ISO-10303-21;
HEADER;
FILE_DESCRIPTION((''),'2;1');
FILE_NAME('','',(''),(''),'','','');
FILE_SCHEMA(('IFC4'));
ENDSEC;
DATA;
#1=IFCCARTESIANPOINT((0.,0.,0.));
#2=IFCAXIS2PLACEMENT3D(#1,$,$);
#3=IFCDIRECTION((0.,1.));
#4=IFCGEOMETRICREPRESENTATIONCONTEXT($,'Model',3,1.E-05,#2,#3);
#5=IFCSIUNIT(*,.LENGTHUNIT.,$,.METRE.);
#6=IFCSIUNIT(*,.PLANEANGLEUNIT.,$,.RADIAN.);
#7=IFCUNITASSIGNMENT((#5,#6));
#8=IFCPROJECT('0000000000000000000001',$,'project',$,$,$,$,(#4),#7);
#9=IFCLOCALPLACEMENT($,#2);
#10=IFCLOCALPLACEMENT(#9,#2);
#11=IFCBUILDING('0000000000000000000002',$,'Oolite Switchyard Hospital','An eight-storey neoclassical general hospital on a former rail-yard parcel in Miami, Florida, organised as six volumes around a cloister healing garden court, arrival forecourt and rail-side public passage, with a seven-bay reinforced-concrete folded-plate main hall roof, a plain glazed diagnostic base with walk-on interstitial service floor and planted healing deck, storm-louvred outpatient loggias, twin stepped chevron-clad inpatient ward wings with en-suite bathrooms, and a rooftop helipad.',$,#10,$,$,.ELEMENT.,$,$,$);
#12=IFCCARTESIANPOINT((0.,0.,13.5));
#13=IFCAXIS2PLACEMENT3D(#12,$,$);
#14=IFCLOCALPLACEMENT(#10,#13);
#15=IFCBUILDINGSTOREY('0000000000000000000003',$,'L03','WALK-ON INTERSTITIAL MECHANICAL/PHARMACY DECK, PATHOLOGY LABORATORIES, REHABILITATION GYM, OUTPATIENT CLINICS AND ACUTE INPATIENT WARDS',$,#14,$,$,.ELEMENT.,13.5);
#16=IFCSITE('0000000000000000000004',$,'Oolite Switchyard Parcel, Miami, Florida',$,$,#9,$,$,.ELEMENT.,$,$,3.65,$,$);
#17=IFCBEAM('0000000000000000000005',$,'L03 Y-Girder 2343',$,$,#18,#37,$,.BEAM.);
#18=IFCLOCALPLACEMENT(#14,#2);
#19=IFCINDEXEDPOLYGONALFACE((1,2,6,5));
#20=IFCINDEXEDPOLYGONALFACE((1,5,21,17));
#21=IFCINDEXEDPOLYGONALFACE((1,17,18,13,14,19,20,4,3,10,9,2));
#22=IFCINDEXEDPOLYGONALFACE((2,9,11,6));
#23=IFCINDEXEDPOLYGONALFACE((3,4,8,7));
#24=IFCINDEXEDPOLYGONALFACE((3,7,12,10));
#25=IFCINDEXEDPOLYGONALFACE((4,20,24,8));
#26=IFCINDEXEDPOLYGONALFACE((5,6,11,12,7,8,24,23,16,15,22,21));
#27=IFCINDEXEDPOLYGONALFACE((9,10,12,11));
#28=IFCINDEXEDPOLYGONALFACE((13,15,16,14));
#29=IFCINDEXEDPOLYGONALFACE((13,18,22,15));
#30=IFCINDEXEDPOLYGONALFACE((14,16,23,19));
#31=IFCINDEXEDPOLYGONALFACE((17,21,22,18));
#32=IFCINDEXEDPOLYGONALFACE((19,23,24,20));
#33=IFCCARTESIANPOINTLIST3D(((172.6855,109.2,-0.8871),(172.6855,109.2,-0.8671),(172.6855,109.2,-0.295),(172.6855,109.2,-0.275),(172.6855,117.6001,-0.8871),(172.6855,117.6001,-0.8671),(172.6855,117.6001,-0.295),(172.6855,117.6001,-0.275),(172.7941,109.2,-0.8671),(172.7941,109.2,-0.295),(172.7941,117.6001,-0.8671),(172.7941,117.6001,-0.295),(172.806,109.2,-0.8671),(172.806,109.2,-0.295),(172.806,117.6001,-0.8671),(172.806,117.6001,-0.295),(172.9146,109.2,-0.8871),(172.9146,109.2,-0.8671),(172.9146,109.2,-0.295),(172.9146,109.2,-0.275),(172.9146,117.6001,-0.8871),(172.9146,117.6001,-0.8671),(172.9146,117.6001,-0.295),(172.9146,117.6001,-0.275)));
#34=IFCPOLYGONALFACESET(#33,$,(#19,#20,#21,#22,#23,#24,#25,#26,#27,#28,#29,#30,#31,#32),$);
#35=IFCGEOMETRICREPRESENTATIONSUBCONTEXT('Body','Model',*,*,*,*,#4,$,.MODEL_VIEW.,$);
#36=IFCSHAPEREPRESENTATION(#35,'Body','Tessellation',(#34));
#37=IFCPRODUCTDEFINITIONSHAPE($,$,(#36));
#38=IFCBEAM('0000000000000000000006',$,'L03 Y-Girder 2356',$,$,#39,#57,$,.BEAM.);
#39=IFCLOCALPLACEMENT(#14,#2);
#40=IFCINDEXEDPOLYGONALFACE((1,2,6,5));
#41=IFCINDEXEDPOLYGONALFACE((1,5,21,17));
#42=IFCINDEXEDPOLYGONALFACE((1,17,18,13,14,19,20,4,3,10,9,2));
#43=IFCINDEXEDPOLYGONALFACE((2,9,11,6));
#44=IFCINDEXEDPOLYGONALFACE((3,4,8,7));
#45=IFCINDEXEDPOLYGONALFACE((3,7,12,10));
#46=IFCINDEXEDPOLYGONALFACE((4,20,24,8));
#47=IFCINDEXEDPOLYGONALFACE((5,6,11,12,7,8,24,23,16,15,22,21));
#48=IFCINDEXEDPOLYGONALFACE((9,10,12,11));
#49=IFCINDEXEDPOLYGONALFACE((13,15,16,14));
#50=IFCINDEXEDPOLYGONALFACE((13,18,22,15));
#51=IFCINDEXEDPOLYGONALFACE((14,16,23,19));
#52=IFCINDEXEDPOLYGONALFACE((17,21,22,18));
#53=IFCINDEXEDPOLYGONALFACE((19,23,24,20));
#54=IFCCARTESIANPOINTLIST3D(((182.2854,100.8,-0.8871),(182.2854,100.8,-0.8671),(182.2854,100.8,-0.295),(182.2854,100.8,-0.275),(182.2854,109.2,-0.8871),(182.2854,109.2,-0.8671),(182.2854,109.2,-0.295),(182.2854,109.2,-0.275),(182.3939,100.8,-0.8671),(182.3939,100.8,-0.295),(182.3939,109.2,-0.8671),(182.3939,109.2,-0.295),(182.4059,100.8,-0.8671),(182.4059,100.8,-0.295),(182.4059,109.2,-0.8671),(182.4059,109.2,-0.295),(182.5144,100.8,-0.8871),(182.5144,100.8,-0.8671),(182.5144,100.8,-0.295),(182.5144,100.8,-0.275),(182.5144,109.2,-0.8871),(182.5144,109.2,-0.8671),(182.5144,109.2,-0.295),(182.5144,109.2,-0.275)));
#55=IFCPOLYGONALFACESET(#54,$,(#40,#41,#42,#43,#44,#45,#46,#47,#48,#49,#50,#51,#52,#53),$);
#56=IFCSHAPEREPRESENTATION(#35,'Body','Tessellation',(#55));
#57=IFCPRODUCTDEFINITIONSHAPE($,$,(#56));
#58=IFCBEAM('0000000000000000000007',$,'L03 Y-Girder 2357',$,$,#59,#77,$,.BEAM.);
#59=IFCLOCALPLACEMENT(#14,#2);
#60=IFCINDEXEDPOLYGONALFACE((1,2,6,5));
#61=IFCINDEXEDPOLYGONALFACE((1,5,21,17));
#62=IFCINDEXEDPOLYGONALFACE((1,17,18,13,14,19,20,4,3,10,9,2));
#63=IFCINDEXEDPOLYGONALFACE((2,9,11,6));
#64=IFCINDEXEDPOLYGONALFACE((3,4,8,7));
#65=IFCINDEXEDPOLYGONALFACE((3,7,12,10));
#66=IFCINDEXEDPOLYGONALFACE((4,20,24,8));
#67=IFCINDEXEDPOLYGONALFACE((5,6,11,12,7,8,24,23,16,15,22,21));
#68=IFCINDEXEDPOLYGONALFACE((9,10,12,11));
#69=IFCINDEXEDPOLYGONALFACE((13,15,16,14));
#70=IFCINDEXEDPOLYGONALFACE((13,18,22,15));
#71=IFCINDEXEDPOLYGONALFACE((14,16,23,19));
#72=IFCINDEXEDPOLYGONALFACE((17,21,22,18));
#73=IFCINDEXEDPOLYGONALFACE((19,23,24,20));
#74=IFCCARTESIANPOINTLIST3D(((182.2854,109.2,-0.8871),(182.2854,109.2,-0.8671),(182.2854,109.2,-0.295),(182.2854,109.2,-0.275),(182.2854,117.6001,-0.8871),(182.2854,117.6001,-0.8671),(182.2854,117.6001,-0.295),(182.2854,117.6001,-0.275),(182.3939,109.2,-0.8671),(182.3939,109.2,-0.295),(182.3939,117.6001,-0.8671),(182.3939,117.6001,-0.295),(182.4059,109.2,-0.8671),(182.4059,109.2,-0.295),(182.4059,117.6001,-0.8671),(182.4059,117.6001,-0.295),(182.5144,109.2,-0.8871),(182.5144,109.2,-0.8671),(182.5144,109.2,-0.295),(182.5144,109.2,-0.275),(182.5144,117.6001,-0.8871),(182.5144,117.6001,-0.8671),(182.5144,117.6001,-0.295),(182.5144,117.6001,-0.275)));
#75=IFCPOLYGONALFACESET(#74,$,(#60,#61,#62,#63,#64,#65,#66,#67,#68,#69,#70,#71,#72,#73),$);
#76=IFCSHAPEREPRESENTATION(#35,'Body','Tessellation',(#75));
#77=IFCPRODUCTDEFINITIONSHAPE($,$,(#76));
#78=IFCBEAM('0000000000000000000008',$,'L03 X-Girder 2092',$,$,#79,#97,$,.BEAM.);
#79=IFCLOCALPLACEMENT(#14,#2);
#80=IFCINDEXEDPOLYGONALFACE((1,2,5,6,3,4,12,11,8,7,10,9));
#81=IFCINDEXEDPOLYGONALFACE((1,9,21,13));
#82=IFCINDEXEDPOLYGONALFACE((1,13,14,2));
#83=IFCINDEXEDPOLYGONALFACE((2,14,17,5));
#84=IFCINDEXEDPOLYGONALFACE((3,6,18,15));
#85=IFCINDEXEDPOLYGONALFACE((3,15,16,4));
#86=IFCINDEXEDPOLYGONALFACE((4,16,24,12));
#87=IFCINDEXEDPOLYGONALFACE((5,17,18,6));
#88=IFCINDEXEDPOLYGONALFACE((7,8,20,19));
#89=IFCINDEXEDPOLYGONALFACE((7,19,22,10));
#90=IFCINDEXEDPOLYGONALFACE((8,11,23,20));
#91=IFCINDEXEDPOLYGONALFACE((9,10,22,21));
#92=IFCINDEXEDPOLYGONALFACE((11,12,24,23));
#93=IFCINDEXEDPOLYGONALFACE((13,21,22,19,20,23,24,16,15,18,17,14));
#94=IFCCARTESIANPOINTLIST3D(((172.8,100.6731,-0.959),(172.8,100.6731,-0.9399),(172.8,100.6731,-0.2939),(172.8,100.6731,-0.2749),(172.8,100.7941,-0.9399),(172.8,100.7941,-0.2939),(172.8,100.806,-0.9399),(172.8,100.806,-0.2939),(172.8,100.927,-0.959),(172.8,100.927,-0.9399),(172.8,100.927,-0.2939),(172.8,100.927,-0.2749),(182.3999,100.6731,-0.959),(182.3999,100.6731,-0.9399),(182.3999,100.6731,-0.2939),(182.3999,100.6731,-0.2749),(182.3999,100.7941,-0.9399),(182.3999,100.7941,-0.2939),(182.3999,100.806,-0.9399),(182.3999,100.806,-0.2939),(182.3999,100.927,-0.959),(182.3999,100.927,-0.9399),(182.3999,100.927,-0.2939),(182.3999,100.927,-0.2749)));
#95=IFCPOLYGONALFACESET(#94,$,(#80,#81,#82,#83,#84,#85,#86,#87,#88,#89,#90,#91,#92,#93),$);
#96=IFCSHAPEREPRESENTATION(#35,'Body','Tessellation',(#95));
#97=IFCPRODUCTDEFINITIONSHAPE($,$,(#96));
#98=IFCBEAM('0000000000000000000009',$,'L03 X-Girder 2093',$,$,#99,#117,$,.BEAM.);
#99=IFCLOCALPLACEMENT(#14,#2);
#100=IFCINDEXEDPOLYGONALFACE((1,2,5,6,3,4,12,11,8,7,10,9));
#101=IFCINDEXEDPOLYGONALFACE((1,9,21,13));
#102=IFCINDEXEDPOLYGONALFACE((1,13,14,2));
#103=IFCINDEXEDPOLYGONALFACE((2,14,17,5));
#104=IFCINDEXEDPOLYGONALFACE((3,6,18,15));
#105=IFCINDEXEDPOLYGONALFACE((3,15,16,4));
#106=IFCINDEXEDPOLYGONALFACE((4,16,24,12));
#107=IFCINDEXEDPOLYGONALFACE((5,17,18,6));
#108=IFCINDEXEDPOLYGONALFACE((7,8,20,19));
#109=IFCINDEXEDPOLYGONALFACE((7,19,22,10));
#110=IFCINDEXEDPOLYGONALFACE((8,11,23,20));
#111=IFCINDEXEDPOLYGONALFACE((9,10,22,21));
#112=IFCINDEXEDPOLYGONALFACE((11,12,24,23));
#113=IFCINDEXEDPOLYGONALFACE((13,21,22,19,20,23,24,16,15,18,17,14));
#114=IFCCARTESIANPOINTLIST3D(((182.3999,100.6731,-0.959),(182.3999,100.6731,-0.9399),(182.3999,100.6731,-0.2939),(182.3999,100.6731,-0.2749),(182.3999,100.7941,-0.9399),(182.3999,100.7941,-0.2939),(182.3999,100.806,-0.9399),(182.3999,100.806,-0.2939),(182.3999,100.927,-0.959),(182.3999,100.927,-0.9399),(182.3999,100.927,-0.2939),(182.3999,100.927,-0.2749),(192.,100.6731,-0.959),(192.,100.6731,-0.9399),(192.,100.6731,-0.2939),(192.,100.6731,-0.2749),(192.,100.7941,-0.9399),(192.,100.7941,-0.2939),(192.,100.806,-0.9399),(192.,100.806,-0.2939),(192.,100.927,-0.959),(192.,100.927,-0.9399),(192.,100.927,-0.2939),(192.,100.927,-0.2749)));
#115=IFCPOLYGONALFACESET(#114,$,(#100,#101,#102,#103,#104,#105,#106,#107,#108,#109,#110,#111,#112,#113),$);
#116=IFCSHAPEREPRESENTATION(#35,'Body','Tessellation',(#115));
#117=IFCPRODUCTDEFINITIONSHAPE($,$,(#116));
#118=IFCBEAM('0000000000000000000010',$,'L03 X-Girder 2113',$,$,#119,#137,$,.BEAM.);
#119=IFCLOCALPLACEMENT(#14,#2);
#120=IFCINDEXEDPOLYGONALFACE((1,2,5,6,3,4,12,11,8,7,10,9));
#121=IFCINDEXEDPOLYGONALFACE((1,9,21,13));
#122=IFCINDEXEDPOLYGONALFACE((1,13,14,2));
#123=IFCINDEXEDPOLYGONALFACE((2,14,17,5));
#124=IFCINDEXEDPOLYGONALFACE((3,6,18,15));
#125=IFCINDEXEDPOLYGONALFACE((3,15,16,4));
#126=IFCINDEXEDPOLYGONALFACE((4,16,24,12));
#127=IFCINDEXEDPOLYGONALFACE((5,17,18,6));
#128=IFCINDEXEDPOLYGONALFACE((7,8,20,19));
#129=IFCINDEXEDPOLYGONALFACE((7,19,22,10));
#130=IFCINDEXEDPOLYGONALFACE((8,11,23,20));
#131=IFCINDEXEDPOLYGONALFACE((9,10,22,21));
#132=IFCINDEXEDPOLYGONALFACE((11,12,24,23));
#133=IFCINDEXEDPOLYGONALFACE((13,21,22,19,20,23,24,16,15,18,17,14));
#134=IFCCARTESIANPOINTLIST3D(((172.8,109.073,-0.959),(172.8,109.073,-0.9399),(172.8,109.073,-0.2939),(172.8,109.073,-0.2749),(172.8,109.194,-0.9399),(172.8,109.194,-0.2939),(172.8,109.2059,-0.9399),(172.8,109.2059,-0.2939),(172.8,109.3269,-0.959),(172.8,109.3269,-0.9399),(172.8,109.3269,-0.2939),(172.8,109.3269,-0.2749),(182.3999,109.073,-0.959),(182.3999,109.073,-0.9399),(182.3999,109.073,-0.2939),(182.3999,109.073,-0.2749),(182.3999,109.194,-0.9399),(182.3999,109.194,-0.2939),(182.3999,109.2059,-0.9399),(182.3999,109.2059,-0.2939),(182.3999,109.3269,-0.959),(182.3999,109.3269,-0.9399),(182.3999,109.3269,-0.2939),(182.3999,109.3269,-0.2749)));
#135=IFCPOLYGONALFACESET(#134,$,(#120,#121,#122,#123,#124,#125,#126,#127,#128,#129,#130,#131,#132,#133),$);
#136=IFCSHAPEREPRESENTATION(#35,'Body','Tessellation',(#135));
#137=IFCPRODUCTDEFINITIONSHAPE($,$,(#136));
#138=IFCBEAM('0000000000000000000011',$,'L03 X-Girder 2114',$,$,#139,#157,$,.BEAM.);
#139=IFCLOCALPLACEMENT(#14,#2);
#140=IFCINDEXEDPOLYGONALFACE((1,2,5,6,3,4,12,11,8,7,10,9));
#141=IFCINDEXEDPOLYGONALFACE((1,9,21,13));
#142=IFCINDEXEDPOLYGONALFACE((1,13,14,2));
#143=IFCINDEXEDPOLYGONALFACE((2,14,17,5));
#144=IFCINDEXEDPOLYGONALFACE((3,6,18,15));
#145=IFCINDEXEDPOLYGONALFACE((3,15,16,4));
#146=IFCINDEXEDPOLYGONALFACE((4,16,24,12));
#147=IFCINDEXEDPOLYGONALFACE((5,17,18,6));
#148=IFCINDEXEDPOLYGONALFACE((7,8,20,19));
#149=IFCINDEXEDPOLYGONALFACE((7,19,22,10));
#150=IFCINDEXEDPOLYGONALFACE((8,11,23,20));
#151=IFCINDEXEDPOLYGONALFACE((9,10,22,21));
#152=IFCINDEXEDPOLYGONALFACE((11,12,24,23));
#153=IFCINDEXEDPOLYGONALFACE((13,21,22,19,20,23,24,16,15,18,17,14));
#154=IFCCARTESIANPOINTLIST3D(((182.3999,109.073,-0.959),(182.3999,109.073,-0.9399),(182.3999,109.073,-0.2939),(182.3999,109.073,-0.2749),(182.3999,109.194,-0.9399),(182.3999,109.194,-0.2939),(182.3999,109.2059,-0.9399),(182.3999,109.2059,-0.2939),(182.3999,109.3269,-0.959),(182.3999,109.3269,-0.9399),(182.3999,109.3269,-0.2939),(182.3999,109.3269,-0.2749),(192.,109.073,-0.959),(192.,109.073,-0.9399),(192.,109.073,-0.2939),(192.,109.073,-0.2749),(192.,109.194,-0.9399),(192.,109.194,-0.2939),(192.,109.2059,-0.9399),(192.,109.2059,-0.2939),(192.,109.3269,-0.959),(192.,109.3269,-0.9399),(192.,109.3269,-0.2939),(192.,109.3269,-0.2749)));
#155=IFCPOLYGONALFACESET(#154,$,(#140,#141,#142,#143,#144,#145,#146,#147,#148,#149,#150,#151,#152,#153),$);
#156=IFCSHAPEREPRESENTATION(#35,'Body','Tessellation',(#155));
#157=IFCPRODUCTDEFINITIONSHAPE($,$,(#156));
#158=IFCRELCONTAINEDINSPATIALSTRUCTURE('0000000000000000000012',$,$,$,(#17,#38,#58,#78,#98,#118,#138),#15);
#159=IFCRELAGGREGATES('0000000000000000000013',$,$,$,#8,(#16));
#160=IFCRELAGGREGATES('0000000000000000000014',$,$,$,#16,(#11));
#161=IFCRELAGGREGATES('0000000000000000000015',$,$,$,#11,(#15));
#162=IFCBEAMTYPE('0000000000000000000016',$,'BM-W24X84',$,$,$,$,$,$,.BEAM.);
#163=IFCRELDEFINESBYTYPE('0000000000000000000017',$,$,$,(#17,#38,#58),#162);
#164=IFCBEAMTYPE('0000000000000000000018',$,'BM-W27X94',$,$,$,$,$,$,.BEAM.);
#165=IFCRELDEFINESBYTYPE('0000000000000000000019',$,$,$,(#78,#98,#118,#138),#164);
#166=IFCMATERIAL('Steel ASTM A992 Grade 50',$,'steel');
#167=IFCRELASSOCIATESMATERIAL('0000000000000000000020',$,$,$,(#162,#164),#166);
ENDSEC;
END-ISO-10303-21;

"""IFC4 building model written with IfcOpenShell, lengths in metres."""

from ifc_helpers import new_model, si_unit, direction, frame, origin, origin_2d, place, context, subcontext, project, spatial, i_section, extrude, material, material_profile, profile_set, type_object, element, save


model = new_model("IFC4")

# Units and contexts
model_context = context("Model", 3, precision=1e-05, world=origin(), true_north=direction((0.0, 1.0)))
body_context = subcontext(model_context, "Body", "Model", "MODEL_VIEW")
ifc_project = project(units=[si_unit("LENGTHUNIT", "METRE"), si_unit("PLANEANGLEUNIT", "RADIAN")], contexts=[model_context])

# Site, building, storey
site_placement = place(None, origin())
site = spatial("IfcSite", under=ifc_project, at=site_placement, Name="Oolite Switchyard Parcel, Miami, Florida", CompositionType="ELEMENT", RefElevation=3.65)
building_placement = place(site_placement, origin())
building = spatial("IfcBuilding", under=site, at=building_placement, Name="Oolite Switchyard Hospital", Description="An eight-storey neoclassical general hospital on a former rail-yard parcel in Miami, Florida, organised as six volumes around a cloister healing garden court, arrival forecourt and rail-side public passage, with a seven-bay reinforced-concrete folded-plate main hall roof, a plain glazed diagnostic base with walk-on interstitial service floor and planted healing deck, storm-louvred outpatient loggias, twin stepped chevron-clad inpatient ward wings with en-suite bathrooms, and a rooftop helipad.", CompositionType="ELEMENT")
storey_placement = place(building_placement, frame((0.0, 0.0, 13.5)))
storey = spatial("IfcBuildingStorey", under=building, at=storey_placement, Name="L03", Description="WALK-ON INTERSTITIAL MECHANICAL/PHARMACY DECK, PATHOLOGY LABORATORIES, REHABILITATION GYM, OUTPATIENT CLINICS AND ACUTE INPATIENT WARDS", CompositionType="ELEMENT", Elevation=13.5)

# Beams
ifc_material_1 = material(Name="Steel ASTM A992 Grade 50", Category="steel")
ifc_material_profile_1 = material_profile(ifc_material_1, i_section(OverallWidth=0.229, OverallDepth=0.6121, WebThickness=0.012, FlangeThickness=0.02, at=origin_2d()), Name="W24X84")
ifc_profile_set_1 = profile_set([ifc_material_profile_1], Name="Steel ASTM A992 Grade 50")
beam_type_1 = type_object("IfcBeamType", Name="BM-W24X84", PredefinedType="BEAM", material=ifc_profile_set_1)
beam_1_placement = place(storey_placement, frame((172.8, 109.2, -0.5811), z_axis=(0.0, 1.0, 0.0), x_axis=(-1.0, 0.0, 0.0)))
element("IfcBeam", 1, at=beam_1_placement, inside=storey, type_object=beam_type_1, Name="L03 Y-Girder 2343", PredefinedType="BEAM", context=body_context, shape_type="SweptSolid", body=[
    extrude(i_section(OverallWidth=0.229, OverallDepth=0.6121, WebThickness=0.012, FlangeThickness=0.02, at=origin_2d()), origin(), (0.0, 0.0, 1.0), 8.4001),
])
beam_2_placement = place(storey_placement, frame((182.3999, 100.8, -0.5811), z_axis=(0.0, 1.0, 0.0), x_axis=(-1.0, 0.0, 0.0)))
element("IfcBeam", 2, at=beam_2_placement, inside=storey, type_object=beam_type_1, Name="L03 Y-Girder 2356", PredefinedType="BEAM", context=body_context, shape_type="SweptSolid", body=[
    extrude(i_section(OverallWidth=0.229, OverallDepth=0.6121, WebThickness=0.012, FlangeThickness=0.02, at=origin_2d()), origin(), (0.0, 0.0, 1.0), 8.3999),
])
beam_3_placement = place(storey_placement, frame((182.3999, 109.2, -0.5811), z_axis=(0.0, 1.0, 0.0), x_axis=(-1.0, 0.0, 0.0)))
element("IfcBeam", 3, at=beam_3_placement, inside=storey, type_object=beam_type_1, Name="L03 Y-Girder 2357", PredefinedType="BEAM", context=body_context, shape_type="SweptSolid", body=[
    extrude(i_section(OverallWidth=0.229, OverallDepth=0.6121, WebThickness=0.012, FlangeThickness=0.02, at=origin_2d()), origin(), (0.0, 0.0, 1.0), 8.4001),
])
ifc_material_profile_2 = material_profile(ifc_material_1, i_section(OverallWidth=0.2539, OverallDepth=0.6841, WebThickness=0.012, FlangeThickness=0.019, at=origin_2d()), Name="W27X94")
ifc_profile_set_2 = profile_set([ifc_material_profile_2], Name="Steel ASTM A992 Grade 50")
beam_type_2 = type_object("IfcBeamType", Name="BM-W27X94", PredefinedType="BEAM", material=ifc_profile_set_2)
beam_4_placement = place(storey_placement, frame((172.8, 100.8, -0.6169), z_axis=(1.0, 0.0, 0.0), x_axis=(0.0, 1.0, 0.0)))
element("IfcBeam", 4, at=beam_4_placement, inside=storey, type_object=beam_type_2, Name="L03 X-Girder 2092", PredefinedType="BEAM", context=body_context, shape_type="SweptSolid", body=[
    extrude(i_section(OverallWidth=0.2539, OverallDepth=0.6841, WebThickness=0.012, FlangeThickness=0.019, at=origin_2d()), origin(), (0.0, 0.0, 1.0), 9.5999),
])
beam_5_placement = place(storey_placement, frame((182.3999, 100.8, -0.6169), z_axis=(1.0, 0.0, 0.0), x_axis=(0.0, 1.0, 0.0)))
element("IfcBeam", 5, at=beam_5_placement, inside=storey, type_object=beam_type_2, Name="L03 X-Girder 2093", PredefinedType="BEAM", context=body_context, shape_type="SweptSolid", body=[
    extrude(i_section(OverallWidth=0.2539, OverallDepth=0.6841, WebThickness=0.012, FlangeThickness=0.019, at=origin_2d()), origin(), (0.0, 0.0, 1.0), 9.6001),
])
beam_6_placement = place(storey_placement, frame((172.8, 109.2, -0.6169), z_axis=(1.0, 0.0, 0.0), x_axis=(0.0, 1.0, 0.0)))
element("IfcBeam", 6, at=beam_6_placement, inside=storey, type_object=beam_type_2, Name="L03 X-Girder 2113", PredefinedType="BEAM", context=body_context, shape_type="SweptSolid", body=[
    extrude(i_section(OverallWidth=0.2539, OverallDepth=0.6841, WebThickness=0.012, FlangeThickness=0.019, at=origin_2d()), origin(), (0.0, 0.0, 1.0), 9.5999),
])
beam_7_placement = place(storey_placement, frame((182.3999, 109.2, -0.6169), z_axis=(1.0, 0.0, 0.0), x_axis=(0.0, 1.0, 0.0)))
element("IfcBeam", 7, at=beam_7_placement, inside=storey, type_object=beam_type_2, Name="L03 X-Girder 2114", PredefinedType="BEAM", context=body_context, shape_type="SweptSolid", body=[
    extrude(i_section(OverallWidth=0.2539, OverallDepth=0.6841, WebThickness=0.012, FlangeThickness=0.019, at=origin_2d()), origin(), (0.0, 0.0, 1.0), 9.6001),
])

save(model, "model.ifc")
